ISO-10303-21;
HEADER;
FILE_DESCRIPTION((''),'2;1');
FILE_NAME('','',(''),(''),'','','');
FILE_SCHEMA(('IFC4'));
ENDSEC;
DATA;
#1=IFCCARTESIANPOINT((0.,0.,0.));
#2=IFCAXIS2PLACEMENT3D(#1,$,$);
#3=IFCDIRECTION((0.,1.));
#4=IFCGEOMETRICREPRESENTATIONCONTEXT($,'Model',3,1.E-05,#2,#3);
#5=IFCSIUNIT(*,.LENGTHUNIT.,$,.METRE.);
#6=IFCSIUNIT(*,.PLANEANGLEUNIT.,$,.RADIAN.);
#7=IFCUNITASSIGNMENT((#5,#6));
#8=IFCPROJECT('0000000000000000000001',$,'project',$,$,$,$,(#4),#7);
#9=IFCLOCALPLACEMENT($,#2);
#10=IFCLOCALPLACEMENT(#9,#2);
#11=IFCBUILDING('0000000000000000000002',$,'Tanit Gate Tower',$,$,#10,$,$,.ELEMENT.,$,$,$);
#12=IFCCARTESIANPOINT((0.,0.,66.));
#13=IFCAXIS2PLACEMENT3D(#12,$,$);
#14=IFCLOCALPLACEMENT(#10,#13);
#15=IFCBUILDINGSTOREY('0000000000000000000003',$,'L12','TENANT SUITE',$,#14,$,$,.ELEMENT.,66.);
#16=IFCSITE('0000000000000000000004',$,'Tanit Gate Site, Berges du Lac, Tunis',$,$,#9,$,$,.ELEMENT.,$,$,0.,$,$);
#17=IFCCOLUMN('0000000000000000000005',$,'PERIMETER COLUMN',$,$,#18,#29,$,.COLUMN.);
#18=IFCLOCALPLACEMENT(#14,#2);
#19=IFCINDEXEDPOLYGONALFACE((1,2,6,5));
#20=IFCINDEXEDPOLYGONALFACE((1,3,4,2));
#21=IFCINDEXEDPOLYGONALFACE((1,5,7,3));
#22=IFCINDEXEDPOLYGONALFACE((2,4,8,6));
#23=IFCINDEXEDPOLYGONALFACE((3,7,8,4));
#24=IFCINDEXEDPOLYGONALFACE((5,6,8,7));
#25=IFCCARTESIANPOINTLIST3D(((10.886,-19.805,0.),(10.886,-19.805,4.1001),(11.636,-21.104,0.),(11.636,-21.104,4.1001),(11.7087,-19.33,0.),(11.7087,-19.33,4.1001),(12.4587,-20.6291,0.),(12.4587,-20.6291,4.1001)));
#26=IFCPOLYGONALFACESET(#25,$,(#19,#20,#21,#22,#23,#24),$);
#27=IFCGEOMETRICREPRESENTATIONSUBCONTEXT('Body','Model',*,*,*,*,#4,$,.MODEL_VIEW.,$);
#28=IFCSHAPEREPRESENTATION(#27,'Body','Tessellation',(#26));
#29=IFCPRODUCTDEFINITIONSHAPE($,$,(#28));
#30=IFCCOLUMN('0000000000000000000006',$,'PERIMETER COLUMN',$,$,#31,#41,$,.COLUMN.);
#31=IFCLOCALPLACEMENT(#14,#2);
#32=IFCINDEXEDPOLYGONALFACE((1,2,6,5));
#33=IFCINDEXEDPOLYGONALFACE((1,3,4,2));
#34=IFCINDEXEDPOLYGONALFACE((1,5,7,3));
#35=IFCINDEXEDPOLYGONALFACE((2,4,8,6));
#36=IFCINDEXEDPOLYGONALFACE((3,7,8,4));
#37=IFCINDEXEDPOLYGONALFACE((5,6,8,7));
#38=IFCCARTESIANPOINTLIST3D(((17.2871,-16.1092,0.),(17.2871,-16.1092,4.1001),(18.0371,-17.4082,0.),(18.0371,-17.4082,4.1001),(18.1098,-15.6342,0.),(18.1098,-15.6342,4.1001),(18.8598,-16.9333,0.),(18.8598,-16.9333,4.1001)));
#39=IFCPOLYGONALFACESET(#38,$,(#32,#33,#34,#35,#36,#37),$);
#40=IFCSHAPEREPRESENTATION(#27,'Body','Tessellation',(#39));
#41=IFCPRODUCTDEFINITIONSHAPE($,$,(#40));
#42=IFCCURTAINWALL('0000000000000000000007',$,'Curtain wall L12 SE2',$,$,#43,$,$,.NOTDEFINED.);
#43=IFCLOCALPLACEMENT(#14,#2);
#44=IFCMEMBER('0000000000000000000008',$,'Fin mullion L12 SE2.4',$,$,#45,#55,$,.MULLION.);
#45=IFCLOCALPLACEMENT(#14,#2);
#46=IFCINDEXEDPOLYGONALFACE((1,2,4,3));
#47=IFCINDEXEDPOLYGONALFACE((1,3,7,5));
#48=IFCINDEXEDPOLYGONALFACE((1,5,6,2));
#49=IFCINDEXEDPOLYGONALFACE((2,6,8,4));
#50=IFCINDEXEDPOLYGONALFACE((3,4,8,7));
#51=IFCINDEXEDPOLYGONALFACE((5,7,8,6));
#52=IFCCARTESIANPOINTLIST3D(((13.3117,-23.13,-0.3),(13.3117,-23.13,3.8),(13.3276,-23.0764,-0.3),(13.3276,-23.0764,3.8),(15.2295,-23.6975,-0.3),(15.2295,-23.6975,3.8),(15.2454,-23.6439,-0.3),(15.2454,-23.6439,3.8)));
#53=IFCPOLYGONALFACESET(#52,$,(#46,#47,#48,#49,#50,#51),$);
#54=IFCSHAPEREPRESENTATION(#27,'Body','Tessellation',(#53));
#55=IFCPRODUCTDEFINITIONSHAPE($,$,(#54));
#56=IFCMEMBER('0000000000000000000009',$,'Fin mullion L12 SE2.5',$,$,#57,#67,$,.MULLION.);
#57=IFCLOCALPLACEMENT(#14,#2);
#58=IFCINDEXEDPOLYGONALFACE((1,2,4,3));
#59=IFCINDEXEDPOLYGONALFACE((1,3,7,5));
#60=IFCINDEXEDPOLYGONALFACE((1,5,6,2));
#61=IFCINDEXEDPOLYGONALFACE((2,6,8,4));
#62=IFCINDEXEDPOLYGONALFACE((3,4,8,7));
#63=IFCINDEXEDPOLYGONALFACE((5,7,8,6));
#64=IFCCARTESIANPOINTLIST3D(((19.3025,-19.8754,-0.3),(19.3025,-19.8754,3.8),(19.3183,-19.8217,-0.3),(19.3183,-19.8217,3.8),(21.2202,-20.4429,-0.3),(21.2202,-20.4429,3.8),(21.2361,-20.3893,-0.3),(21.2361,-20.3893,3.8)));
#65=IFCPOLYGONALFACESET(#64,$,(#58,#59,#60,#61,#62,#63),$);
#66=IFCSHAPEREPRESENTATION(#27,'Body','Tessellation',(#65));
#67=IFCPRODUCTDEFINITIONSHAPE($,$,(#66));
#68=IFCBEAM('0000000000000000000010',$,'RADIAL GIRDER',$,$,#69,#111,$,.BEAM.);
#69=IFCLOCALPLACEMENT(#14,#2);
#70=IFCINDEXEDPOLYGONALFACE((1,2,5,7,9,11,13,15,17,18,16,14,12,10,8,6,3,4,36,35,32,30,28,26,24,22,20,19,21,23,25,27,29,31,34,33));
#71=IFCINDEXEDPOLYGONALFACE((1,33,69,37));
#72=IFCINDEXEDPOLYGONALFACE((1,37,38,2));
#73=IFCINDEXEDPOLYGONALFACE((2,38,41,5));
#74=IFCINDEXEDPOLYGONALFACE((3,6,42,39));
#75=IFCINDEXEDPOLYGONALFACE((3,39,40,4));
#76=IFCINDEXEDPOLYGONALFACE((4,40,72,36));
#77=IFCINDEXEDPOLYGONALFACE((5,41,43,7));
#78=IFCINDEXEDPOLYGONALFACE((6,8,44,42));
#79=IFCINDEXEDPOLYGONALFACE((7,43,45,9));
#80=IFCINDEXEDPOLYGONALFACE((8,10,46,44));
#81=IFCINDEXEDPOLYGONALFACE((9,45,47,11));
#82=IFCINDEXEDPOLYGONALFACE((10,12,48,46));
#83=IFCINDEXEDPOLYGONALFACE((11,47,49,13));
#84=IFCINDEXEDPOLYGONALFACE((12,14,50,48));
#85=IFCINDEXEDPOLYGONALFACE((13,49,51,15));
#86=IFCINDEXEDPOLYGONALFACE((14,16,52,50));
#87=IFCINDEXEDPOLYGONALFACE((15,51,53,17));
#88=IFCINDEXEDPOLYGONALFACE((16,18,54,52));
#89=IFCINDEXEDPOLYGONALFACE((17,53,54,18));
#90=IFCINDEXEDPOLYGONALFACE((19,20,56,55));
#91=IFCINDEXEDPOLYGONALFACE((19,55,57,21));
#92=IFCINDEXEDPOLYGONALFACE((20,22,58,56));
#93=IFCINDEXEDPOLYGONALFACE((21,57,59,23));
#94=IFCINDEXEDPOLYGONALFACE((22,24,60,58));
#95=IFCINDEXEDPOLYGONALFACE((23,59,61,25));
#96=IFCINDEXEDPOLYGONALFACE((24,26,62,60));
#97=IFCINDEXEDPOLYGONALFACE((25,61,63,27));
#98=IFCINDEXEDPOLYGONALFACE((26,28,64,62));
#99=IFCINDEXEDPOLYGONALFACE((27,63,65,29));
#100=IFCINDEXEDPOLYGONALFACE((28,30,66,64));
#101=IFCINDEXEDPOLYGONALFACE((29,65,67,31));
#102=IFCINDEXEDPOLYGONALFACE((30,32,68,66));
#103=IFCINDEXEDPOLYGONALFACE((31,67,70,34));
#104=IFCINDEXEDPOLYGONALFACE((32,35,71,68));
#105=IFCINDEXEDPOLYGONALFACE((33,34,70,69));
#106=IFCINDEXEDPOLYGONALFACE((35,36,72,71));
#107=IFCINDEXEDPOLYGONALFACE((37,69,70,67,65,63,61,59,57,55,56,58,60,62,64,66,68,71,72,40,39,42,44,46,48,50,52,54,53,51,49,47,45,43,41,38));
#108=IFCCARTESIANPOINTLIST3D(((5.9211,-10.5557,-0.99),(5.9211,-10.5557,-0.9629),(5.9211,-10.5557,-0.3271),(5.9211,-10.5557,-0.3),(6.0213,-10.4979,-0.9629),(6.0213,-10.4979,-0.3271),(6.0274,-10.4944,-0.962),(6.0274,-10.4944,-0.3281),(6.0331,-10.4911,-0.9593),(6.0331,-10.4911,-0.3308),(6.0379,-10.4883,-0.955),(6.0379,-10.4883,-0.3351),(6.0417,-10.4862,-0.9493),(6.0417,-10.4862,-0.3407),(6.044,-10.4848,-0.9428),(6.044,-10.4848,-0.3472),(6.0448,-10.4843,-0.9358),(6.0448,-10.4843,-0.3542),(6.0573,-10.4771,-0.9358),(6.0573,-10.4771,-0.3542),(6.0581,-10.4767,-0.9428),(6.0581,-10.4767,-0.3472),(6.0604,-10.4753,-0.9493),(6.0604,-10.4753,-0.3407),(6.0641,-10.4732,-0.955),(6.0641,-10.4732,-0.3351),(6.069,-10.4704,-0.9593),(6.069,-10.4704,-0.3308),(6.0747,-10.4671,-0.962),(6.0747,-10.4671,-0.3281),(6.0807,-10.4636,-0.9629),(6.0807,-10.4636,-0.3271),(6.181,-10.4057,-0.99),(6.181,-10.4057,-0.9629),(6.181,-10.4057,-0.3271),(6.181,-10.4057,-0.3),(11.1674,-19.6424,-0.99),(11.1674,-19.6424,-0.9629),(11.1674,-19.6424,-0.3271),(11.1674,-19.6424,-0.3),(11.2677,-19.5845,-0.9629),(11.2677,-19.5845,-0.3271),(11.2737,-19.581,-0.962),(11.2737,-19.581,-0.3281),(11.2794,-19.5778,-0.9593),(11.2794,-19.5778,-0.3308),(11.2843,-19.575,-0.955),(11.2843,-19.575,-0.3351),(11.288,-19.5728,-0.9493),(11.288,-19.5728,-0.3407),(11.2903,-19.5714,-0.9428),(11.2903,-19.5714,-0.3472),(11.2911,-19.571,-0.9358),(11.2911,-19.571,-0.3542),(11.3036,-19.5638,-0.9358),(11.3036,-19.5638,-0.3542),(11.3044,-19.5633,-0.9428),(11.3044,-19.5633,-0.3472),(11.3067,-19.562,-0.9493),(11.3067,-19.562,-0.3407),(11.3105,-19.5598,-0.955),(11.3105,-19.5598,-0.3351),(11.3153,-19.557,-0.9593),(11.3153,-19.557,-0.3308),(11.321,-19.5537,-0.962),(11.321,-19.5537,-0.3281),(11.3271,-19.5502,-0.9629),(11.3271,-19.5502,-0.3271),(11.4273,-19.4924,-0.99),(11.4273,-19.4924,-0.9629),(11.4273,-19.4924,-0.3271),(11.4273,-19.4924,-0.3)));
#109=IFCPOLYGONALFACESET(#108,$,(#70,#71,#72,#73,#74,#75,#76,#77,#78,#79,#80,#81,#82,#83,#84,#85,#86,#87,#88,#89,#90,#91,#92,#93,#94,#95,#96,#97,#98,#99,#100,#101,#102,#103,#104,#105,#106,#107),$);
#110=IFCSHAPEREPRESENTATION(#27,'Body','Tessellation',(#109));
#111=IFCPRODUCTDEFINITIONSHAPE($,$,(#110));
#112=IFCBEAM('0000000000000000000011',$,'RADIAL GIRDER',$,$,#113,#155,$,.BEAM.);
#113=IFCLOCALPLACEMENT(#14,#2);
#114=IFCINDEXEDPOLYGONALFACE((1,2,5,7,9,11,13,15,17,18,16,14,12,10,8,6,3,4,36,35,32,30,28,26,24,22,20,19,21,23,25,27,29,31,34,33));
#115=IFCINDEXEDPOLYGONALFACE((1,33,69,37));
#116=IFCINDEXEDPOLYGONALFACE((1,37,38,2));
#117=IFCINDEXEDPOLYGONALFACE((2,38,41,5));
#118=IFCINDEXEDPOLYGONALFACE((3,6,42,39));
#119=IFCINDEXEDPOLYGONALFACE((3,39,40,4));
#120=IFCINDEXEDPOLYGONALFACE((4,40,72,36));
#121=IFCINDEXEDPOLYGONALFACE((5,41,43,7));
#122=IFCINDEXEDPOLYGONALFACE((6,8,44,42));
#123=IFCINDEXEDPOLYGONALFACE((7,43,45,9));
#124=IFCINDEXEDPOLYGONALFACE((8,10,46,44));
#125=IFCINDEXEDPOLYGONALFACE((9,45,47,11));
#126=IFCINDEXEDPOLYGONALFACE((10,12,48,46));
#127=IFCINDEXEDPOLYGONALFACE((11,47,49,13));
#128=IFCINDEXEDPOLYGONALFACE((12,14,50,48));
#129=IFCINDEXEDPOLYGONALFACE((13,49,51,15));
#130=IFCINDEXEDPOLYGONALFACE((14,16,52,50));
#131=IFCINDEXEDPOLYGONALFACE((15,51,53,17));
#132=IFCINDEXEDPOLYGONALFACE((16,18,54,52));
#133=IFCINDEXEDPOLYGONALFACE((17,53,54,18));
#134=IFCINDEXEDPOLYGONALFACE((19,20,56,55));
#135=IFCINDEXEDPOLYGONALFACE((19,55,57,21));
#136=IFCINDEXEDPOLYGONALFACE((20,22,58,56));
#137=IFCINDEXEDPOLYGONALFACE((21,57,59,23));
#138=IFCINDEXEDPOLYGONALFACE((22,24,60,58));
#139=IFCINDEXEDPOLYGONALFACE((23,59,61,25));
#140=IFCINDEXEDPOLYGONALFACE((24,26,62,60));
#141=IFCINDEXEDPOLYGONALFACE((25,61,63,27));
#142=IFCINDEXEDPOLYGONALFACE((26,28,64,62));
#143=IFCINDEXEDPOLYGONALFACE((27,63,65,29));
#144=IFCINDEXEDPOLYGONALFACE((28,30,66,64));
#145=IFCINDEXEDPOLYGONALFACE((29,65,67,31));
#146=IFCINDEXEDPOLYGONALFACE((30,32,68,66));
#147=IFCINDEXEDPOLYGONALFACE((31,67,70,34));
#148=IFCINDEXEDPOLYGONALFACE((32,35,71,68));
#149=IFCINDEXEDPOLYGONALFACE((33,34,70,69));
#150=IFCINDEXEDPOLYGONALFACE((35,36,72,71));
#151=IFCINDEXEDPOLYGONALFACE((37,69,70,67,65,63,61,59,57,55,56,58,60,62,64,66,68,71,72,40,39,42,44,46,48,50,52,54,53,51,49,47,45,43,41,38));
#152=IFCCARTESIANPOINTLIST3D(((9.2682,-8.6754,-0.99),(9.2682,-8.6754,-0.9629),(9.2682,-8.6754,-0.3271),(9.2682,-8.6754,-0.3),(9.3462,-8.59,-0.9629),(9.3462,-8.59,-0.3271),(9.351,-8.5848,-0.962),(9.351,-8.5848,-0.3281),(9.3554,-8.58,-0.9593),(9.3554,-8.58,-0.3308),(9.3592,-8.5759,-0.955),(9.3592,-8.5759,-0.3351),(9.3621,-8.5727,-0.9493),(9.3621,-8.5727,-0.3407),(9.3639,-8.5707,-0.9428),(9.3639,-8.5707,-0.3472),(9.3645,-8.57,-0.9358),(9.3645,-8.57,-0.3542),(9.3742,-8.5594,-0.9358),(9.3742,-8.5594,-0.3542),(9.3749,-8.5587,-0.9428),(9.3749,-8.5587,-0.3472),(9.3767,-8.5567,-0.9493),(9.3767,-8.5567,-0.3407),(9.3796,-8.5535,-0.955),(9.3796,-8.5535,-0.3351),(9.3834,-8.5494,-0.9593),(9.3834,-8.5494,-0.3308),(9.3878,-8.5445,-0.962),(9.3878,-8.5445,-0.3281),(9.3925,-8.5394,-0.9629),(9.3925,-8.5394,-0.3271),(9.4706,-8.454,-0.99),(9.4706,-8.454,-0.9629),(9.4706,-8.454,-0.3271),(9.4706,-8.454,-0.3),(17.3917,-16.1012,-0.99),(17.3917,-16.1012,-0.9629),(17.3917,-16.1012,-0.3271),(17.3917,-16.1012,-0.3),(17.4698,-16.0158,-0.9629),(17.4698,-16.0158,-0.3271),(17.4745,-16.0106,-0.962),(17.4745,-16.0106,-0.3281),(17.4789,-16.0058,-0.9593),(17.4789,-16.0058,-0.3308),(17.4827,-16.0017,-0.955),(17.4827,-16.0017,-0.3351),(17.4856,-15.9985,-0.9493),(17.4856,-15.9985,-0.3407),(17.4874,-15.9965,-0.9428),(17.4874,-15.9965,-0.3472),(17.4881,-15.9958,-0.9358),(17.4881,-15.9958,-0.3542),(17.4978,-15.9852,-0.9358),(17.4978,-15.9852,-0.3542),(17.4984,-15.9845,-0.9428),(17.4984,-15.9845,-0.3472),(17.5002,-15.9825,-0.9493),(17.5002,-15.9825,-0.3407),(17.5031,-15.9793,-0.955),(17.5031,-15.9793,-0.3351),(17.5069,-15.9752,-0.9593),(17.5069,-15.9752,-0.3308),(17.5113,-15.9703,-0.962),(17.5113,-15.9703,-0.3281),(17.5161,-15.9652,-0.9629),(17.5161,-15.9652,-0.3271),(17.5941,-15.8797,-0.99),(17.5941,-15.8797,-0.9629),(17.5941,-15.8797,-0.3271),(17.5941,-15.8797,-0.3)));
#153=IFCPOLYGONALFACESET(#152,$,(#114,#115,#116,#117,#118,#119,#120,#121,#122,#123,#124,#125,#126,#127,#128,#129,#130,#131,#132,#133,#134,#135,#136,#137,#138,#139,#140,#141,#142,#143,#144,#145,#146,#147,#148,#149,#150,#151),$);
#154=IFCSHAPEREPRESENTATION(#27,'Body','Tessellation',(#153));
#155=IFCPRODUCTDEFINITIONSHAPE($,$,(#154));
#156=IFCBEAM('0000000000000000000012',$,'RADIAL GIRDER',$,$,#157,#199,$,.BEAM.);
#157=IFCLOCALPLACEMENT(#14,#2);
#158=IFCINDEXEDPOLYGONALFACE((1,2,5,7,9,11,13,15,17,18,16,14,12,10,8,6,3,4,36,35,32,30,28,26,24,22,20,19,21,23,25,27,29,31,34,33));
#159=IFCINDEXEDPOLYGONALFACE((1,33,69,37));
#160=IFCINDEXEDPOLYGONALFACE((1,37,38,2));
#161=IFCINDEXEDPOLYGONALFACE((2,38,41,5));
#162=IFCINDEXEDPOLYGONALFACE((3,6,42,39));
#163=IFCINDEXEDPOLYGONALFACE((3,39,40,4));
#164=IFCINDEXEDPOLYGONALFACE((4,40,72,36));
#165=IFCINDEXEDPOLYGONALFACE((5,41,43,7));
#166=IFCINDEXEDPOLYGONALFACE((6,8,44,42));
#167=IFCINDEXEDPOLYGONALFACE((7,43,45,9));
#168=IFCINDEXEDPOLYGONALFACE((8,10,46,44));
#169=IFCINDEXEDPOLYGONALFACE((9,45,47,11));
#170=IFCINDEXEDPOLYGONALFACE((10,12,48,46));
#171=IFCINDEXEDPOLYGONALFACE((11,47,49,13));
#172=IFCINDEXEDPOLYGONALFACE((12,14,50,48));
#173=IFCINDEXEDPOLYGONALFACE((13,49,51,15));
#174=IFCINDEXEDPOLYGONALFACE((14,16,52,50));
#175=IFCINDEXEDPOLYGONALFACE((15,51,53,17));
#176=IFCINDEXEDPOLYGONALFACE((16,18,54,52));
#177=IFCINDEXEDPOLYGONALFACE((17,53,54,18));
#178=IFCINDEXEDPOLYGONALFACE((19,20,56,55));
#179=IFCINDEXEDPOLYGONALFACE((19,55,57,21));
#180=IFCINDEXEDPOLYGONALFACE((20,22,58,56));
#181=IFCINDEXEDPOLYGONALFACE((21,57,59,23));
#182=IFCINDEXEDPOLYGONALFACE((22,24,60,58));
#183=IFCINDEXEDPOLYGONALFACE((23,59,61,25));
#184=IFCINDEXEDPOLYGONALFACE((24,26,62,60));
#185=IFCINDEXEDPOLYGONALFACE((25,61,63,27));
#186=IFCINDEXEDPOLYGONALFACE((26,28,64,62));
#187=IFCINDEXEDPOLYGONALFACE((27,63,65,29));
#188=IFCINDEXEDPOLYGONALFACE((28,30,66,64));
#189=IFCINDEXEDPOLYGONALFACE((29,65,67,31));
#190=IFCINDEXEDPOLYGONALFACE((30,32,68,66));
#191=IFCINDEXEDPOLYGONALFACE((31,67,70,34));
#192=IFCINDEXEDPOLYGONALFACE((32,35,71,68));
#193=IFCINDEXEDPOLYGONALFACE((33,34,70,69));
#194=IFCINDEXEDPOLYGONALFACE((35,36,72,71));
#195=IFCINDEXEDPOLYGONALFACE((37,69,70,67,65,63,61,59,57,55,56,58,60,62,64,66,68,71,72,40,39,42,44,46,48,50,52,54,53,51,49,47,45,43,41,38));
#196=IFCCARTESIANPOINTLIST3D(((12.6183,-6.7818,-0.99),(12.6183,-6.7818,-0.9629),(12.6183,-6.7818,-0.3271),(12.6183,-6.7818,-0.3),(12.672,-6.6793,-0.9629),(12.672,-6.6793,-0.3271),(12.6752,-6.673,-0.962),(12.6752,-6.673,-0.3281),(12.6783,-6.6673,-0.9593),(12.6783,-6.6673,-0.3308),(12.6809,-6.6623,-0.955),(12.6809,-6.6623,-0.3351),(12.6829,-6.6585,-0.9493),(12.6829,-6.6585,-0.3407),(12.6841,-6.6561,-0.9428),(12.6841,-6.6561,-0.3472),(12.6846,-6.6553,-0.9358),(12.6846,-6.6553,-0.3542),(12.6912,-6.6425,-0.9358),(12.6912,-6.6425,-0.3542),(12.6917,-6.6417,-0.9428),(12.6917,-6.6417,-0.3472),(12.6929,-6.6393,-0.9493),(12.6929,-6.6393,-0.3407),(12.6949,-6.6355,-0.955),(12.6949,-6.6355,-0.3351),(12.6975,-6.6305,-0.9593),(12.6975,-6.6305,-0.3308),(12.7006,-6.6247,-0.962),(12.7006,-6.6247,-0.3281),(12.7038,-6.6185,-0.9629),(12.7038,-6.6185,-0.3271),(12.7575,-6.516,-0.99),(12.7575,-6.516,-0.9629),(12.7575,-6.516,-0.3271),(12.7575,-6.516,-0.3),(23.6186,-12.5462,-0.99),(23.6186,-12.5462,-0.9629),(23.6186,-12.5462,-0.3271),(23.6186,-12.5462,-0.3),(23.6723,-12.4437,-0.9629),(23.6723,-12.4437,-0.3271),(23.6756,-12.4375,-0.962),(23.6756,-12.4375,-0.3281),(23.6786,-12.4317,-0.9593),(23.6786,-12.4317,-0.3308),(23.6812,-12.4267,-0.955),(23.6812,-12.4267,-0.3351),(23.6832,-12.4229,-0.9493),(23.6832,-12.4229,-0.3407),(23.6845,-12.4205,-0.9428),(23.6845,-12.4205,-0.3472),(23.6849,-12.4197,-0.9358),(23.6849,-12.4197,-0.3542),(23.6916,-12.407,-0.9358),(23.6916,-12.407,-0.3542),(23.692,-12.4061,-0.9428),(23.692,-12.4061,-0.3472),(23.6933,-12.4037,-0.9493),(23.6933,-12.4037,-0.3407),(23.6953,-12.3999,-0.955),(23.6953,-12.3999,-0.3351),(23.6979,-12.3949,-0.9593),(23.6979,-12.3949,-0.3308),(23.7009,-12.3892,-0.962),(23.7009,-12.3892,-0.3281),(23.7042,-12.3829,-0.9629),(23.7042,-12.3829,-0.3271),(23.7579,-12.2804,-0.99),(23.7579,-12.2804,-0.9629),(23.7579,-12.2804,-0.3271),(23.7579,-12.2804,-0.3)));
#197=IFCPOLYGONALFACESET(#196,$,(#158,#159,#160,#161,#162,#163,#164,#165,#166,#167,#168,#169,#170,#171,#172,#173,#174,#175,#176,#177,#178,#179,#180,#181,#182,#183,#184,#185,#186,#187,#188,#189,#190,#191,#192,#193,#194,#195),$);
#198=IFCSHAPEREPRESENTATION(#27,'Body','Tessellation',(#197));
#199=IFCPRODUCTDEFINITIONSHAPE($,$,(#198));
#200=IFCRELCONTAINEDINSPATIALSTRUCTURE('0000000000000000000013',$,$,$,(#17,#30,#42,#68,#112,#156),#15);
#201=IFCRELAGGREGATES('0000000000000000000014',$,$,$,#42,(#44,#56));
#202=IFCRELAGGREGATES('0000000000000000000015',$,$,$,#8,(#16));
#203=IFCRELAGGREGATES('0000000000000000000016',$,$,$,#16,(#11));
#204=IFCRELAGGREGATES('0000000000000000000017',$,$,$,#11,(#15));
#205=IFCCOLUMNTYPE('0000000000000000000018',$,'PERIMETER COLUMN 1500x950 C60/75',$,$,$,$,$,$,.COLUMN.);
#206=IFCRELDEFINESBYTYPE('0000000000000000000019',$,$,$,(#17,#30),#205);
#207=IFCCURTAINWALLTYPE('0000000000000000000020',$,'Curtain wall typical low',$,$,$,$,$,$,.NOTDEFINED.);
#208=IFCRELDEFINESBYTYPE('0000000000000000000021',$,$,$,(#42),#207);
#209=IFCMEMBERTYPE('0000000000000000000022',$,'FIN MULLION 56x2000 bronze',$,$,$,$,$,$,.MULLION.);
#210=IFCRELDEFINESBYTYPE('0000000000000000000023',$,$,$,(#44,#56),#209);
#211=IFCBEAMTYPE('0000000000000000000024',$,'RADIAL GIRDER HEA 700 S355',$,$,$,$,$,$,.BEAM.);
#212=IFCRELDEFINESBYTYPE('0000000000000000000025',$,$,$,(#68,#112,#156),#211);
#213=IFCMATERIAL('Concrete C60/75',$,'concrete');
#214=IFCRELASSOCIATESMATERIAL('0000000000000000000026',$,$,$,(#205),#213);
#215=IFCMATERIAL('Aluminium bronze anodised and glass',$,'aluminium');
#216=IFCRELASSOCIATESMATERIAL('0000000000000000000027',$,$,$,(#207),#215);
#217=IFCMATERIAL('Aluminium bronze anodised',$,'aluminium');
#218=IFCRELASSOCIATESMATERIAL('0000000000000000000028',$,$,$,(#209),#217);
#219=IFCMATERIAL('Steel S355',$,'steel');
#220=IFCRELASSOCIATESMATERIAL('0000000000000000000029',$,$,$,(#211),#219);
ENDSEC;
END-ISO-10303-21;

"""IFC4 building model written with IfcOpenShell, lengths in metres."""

from ifc_helpers import new_model, si_unit, direction, frame, origin, origin_2d, place, context, subcontext, project, spatial, rectangle, i_section, extrude, material, material_profile, profile_set, type_object, element, aggregate, save


model = new_model("IFC4")

# Units and contexts
model_context = context("Model", 3, precision=1e-05, world=origin(), true_north=direction((0.0, 1.0)))
body_context = subcontext(model_context, "Body", "Model", "MODEL_VIEW")
ifc_project = project(units=[si_unit("LENGTHUNIT", "METRE"), si_unit("PLANEANGLEUNIT", "RADIAN")], contexts=[model_context])

# Site, building, storey
site_placement = place(None, origin())
site = spatial("IfcSite", under=ifc_project, at=site_placement, Name="Tanit Gate Site, Berges du Lac, Tunis", CompositionType="ELEMENT", RefElevation=0.0)
building_placement = place(site_placement, origin())
building = spatial("IfcBuilding", under=site, at=building_placement, Name="Tanit Gate Tower", CompositionType="ELEMENT")
storey_placement = place(building_placement, frame((0.0, 0.0, 66.0)))
storey = spatial("IfcBuildingStorey", under=building, at=storey_placement, Name="L12", Description="TENANT SUITE", CompositionType="ELEMENT", Elevation=66.0)

# Columns
ifc_material_1 = material(Name="Concrete C60/75", Category="concrete")
ifc_material_profile_1 = material_profile(ifc_material_1, rectangle(XDim=1.5, YDim=0.95, at=origin_2d()), Name="RC 1500x950")
ifc_profile_set_1 = profile_set([ifc_material_profile_1], Name="Concrete C60/75")
column_type = type_object("IfcColumnType", Name="PERIMETER COLUMN 1500x950 C60/75", PredefinedType="COLUMN", material=ifc_profile_set_1)
for number, where, z_axis, x_axis, name in (
    (1, (11.6724, -20.217, 0.0), (0.0, 0.0, 1.0), (0.5, -0.866025, 0.0), "PERIMETER COLUMN"),
    (2, (18.0735, -16.5212, 0.0), (0.0, 0.0, 1.0), (0.5, -0.866025, 0.0), "PERIMETER COLUMN"),
):
    element("IfcColumn", number, at=place(storey_placement, frame(where, z_axis=z_axis, x_axis=x_axis)), inside=storey, type_object=column_type, Name=name, PredefinedType="COLUMN", context=body_context, shape_type="SweptSolid", body=[
        extrude(rectangle(XDim=1.5, YDim=0.95, at=origin_2d()), origin(), (0.0, 0.0, 1.0), 4.1001),
    ])

# Curtain wall, members
ifc_material_2 = material(Name="Aluminium bronze anodised and glass", Category="aluminium")
curtain_wall_type = type_object("IfcCurtainWallType", Name="Curtain wall typical low", PredefinedType="NOTDEFINED", material=ifc_material_2)
curtain_wall_placement = place(storey_placement, origin())
curtain_wall = element("IfcCurtainWall", 3, at=curtain_wall_placement, inside=storey, type_object=curtain_wall_type, Name="Curtain wall L12 SE2", PredefinedType="NOTDEFINED")
ifc_material_3 = material(Name="Aluminium bronze anodised", Category="aluminium")
ifc_material_profile_2 = material_profile(ifc_material_3, rectangle(XDim=2.0, YDim=0.0559, at=origin_2d()), Name="56x2000 bronze fin mullion")
ifc_profile_set_2 = profile_set([ifc_material_profile_2], Name="Aluminium bronze anodised")
member_type_1 = type_object("IfcMemberType", Name="FIN MULLION 56x2000 bronze", PredefinedType="MULLION", material=ifc_profile_set_2)
member_1_placement = place(storey_placement, frame((14.2786, -23.387, -0.3), z_axis=(0.0, 0.0, 1.0), x_axis=(-0.958892, 0.283773, 0.0)))
member_1 = element("IfcMember", 4, at=member_1_placement, type_object=member_type_1, Name="Fin mullion L12 SE2.4", PredefinedType="MULLION", context=body_context, shape_type="SweptSolid", body=[
    extrude(rectangle(XDim=2.0, YDim=0.0559, at=origin_2d()), origin(), (0.0, 0.0, 1.0), 4.1001),
])
member_2_placement = place(storey_placement, frame((20.2693, -20.1323, -0.3), z_axis=(0.0, 0.0, 1.0), x_axis=(-0.958892, 0.283773, 0.0)))
member_2 = element("IfcMember", 5, at=member_2_placement, type_object=member_type_1, Name="Fin mullion L12 SE2.5", PredefinedType="MULLION", context=body_context, shape_type="SweptSolid", body=[
    extrude(rectangle(XDim=2.0, YDim=0.0559, at=origin_2d()), origin(), (0.0, 0.0, 1.0), 4.1001),
])

# Beams
ifc_material_4 = material(Name="Steel S355", Category="steel")
ifc_material_profile_3 = material_profile(ifc_material_4, i_section(OverallWidth=0.3, OverallDepth=0.6899, WebThickness=0.0144, FlangeThickness=0.0271, FilletRadius=0.0271, at=origin_2d()), Name="HEA 700")
ifc_profile_set_3 = profile_set([ifc_material_profile_3], Name="Steel S355")
beam_type = type_object("IfcBeamType", Name="RADIAL GIRDER HEA 700 S355", PredefinedType="BEAM", material=ifc_profile_set_3)
beam_1_placement = place(storey_placement, frame((11.2974, -19.5674, -0.645), z_axis=(-0.50001, 0.866019, 0.0), x_axis=(-0.866019, -0.50001, 0.0)))
element("IfcBeam", 6, at=beam_1_placement, inside=storey, type_object=beam_type, Name="RADIAL GIRDER", PredefinedType="BEAM", context=body_context, shape_type="SweptSolid", body=[
    extrude(i_section(OverallWidth=0.3, OverallDepth=0.6899, WebThickness=0.0144, FlangeThickness=0.0271, FilletRadius=0.0271, at=origin_2d()), origin(), (0.0, 0.0, 1.0), 10.4924),
])
beam_2_placement = place(storey_placement, frame((17.4929, -15.9905, -0.645), z_axis=(-0.738094, 0.674697, 0.0), x_axis=(-0.674697, -0.738094, 0.0)))
element("IfcBeam", 7, at=beam_2_placement, inside=storey, type_object=beam_type, Name="RADIAL GIRDER", PredefinedType="BEAM", context=body_context, shape_type="SweptSolid", body=[
    extrude(i_section(OverallWidth=0.3, OverallDepth=0.6899, WebThickness=0.0144, FlangeThickness=0.0271, FilletRadius=0.0271, at=origin_2d()), origin(), (0.0, 0.0, 1.0), 11.0061),
])
beam_3_placement = place(storey_placement, frame((23.6882, -12.4133, -0.645), z_axis=(-0.885753, 0.464157, 0.0), x_axis=(-0.464157, -0.885753, 0.0)))
element("IfcBeam", 8, at=beam_3_placement, inside=storey, type_object=beam_type, Name="RADIAL GIRDER", PredefinedType="BEAM", context=body_context, shape_type="SweptSolid", body=[
    extrude(i_section(OverallWidth=0.3, OverallDepth=0.6899, WebThickness=0.0144, FlangeThickness=0.0271, FilletRadius=0.0271, at=origin_2d()), origin(), (0.0, 0.0, 1.0), 12.4192),
])

aggregate(curtain_wall, [member_1, member_2])

save(model, "model.ifc")
